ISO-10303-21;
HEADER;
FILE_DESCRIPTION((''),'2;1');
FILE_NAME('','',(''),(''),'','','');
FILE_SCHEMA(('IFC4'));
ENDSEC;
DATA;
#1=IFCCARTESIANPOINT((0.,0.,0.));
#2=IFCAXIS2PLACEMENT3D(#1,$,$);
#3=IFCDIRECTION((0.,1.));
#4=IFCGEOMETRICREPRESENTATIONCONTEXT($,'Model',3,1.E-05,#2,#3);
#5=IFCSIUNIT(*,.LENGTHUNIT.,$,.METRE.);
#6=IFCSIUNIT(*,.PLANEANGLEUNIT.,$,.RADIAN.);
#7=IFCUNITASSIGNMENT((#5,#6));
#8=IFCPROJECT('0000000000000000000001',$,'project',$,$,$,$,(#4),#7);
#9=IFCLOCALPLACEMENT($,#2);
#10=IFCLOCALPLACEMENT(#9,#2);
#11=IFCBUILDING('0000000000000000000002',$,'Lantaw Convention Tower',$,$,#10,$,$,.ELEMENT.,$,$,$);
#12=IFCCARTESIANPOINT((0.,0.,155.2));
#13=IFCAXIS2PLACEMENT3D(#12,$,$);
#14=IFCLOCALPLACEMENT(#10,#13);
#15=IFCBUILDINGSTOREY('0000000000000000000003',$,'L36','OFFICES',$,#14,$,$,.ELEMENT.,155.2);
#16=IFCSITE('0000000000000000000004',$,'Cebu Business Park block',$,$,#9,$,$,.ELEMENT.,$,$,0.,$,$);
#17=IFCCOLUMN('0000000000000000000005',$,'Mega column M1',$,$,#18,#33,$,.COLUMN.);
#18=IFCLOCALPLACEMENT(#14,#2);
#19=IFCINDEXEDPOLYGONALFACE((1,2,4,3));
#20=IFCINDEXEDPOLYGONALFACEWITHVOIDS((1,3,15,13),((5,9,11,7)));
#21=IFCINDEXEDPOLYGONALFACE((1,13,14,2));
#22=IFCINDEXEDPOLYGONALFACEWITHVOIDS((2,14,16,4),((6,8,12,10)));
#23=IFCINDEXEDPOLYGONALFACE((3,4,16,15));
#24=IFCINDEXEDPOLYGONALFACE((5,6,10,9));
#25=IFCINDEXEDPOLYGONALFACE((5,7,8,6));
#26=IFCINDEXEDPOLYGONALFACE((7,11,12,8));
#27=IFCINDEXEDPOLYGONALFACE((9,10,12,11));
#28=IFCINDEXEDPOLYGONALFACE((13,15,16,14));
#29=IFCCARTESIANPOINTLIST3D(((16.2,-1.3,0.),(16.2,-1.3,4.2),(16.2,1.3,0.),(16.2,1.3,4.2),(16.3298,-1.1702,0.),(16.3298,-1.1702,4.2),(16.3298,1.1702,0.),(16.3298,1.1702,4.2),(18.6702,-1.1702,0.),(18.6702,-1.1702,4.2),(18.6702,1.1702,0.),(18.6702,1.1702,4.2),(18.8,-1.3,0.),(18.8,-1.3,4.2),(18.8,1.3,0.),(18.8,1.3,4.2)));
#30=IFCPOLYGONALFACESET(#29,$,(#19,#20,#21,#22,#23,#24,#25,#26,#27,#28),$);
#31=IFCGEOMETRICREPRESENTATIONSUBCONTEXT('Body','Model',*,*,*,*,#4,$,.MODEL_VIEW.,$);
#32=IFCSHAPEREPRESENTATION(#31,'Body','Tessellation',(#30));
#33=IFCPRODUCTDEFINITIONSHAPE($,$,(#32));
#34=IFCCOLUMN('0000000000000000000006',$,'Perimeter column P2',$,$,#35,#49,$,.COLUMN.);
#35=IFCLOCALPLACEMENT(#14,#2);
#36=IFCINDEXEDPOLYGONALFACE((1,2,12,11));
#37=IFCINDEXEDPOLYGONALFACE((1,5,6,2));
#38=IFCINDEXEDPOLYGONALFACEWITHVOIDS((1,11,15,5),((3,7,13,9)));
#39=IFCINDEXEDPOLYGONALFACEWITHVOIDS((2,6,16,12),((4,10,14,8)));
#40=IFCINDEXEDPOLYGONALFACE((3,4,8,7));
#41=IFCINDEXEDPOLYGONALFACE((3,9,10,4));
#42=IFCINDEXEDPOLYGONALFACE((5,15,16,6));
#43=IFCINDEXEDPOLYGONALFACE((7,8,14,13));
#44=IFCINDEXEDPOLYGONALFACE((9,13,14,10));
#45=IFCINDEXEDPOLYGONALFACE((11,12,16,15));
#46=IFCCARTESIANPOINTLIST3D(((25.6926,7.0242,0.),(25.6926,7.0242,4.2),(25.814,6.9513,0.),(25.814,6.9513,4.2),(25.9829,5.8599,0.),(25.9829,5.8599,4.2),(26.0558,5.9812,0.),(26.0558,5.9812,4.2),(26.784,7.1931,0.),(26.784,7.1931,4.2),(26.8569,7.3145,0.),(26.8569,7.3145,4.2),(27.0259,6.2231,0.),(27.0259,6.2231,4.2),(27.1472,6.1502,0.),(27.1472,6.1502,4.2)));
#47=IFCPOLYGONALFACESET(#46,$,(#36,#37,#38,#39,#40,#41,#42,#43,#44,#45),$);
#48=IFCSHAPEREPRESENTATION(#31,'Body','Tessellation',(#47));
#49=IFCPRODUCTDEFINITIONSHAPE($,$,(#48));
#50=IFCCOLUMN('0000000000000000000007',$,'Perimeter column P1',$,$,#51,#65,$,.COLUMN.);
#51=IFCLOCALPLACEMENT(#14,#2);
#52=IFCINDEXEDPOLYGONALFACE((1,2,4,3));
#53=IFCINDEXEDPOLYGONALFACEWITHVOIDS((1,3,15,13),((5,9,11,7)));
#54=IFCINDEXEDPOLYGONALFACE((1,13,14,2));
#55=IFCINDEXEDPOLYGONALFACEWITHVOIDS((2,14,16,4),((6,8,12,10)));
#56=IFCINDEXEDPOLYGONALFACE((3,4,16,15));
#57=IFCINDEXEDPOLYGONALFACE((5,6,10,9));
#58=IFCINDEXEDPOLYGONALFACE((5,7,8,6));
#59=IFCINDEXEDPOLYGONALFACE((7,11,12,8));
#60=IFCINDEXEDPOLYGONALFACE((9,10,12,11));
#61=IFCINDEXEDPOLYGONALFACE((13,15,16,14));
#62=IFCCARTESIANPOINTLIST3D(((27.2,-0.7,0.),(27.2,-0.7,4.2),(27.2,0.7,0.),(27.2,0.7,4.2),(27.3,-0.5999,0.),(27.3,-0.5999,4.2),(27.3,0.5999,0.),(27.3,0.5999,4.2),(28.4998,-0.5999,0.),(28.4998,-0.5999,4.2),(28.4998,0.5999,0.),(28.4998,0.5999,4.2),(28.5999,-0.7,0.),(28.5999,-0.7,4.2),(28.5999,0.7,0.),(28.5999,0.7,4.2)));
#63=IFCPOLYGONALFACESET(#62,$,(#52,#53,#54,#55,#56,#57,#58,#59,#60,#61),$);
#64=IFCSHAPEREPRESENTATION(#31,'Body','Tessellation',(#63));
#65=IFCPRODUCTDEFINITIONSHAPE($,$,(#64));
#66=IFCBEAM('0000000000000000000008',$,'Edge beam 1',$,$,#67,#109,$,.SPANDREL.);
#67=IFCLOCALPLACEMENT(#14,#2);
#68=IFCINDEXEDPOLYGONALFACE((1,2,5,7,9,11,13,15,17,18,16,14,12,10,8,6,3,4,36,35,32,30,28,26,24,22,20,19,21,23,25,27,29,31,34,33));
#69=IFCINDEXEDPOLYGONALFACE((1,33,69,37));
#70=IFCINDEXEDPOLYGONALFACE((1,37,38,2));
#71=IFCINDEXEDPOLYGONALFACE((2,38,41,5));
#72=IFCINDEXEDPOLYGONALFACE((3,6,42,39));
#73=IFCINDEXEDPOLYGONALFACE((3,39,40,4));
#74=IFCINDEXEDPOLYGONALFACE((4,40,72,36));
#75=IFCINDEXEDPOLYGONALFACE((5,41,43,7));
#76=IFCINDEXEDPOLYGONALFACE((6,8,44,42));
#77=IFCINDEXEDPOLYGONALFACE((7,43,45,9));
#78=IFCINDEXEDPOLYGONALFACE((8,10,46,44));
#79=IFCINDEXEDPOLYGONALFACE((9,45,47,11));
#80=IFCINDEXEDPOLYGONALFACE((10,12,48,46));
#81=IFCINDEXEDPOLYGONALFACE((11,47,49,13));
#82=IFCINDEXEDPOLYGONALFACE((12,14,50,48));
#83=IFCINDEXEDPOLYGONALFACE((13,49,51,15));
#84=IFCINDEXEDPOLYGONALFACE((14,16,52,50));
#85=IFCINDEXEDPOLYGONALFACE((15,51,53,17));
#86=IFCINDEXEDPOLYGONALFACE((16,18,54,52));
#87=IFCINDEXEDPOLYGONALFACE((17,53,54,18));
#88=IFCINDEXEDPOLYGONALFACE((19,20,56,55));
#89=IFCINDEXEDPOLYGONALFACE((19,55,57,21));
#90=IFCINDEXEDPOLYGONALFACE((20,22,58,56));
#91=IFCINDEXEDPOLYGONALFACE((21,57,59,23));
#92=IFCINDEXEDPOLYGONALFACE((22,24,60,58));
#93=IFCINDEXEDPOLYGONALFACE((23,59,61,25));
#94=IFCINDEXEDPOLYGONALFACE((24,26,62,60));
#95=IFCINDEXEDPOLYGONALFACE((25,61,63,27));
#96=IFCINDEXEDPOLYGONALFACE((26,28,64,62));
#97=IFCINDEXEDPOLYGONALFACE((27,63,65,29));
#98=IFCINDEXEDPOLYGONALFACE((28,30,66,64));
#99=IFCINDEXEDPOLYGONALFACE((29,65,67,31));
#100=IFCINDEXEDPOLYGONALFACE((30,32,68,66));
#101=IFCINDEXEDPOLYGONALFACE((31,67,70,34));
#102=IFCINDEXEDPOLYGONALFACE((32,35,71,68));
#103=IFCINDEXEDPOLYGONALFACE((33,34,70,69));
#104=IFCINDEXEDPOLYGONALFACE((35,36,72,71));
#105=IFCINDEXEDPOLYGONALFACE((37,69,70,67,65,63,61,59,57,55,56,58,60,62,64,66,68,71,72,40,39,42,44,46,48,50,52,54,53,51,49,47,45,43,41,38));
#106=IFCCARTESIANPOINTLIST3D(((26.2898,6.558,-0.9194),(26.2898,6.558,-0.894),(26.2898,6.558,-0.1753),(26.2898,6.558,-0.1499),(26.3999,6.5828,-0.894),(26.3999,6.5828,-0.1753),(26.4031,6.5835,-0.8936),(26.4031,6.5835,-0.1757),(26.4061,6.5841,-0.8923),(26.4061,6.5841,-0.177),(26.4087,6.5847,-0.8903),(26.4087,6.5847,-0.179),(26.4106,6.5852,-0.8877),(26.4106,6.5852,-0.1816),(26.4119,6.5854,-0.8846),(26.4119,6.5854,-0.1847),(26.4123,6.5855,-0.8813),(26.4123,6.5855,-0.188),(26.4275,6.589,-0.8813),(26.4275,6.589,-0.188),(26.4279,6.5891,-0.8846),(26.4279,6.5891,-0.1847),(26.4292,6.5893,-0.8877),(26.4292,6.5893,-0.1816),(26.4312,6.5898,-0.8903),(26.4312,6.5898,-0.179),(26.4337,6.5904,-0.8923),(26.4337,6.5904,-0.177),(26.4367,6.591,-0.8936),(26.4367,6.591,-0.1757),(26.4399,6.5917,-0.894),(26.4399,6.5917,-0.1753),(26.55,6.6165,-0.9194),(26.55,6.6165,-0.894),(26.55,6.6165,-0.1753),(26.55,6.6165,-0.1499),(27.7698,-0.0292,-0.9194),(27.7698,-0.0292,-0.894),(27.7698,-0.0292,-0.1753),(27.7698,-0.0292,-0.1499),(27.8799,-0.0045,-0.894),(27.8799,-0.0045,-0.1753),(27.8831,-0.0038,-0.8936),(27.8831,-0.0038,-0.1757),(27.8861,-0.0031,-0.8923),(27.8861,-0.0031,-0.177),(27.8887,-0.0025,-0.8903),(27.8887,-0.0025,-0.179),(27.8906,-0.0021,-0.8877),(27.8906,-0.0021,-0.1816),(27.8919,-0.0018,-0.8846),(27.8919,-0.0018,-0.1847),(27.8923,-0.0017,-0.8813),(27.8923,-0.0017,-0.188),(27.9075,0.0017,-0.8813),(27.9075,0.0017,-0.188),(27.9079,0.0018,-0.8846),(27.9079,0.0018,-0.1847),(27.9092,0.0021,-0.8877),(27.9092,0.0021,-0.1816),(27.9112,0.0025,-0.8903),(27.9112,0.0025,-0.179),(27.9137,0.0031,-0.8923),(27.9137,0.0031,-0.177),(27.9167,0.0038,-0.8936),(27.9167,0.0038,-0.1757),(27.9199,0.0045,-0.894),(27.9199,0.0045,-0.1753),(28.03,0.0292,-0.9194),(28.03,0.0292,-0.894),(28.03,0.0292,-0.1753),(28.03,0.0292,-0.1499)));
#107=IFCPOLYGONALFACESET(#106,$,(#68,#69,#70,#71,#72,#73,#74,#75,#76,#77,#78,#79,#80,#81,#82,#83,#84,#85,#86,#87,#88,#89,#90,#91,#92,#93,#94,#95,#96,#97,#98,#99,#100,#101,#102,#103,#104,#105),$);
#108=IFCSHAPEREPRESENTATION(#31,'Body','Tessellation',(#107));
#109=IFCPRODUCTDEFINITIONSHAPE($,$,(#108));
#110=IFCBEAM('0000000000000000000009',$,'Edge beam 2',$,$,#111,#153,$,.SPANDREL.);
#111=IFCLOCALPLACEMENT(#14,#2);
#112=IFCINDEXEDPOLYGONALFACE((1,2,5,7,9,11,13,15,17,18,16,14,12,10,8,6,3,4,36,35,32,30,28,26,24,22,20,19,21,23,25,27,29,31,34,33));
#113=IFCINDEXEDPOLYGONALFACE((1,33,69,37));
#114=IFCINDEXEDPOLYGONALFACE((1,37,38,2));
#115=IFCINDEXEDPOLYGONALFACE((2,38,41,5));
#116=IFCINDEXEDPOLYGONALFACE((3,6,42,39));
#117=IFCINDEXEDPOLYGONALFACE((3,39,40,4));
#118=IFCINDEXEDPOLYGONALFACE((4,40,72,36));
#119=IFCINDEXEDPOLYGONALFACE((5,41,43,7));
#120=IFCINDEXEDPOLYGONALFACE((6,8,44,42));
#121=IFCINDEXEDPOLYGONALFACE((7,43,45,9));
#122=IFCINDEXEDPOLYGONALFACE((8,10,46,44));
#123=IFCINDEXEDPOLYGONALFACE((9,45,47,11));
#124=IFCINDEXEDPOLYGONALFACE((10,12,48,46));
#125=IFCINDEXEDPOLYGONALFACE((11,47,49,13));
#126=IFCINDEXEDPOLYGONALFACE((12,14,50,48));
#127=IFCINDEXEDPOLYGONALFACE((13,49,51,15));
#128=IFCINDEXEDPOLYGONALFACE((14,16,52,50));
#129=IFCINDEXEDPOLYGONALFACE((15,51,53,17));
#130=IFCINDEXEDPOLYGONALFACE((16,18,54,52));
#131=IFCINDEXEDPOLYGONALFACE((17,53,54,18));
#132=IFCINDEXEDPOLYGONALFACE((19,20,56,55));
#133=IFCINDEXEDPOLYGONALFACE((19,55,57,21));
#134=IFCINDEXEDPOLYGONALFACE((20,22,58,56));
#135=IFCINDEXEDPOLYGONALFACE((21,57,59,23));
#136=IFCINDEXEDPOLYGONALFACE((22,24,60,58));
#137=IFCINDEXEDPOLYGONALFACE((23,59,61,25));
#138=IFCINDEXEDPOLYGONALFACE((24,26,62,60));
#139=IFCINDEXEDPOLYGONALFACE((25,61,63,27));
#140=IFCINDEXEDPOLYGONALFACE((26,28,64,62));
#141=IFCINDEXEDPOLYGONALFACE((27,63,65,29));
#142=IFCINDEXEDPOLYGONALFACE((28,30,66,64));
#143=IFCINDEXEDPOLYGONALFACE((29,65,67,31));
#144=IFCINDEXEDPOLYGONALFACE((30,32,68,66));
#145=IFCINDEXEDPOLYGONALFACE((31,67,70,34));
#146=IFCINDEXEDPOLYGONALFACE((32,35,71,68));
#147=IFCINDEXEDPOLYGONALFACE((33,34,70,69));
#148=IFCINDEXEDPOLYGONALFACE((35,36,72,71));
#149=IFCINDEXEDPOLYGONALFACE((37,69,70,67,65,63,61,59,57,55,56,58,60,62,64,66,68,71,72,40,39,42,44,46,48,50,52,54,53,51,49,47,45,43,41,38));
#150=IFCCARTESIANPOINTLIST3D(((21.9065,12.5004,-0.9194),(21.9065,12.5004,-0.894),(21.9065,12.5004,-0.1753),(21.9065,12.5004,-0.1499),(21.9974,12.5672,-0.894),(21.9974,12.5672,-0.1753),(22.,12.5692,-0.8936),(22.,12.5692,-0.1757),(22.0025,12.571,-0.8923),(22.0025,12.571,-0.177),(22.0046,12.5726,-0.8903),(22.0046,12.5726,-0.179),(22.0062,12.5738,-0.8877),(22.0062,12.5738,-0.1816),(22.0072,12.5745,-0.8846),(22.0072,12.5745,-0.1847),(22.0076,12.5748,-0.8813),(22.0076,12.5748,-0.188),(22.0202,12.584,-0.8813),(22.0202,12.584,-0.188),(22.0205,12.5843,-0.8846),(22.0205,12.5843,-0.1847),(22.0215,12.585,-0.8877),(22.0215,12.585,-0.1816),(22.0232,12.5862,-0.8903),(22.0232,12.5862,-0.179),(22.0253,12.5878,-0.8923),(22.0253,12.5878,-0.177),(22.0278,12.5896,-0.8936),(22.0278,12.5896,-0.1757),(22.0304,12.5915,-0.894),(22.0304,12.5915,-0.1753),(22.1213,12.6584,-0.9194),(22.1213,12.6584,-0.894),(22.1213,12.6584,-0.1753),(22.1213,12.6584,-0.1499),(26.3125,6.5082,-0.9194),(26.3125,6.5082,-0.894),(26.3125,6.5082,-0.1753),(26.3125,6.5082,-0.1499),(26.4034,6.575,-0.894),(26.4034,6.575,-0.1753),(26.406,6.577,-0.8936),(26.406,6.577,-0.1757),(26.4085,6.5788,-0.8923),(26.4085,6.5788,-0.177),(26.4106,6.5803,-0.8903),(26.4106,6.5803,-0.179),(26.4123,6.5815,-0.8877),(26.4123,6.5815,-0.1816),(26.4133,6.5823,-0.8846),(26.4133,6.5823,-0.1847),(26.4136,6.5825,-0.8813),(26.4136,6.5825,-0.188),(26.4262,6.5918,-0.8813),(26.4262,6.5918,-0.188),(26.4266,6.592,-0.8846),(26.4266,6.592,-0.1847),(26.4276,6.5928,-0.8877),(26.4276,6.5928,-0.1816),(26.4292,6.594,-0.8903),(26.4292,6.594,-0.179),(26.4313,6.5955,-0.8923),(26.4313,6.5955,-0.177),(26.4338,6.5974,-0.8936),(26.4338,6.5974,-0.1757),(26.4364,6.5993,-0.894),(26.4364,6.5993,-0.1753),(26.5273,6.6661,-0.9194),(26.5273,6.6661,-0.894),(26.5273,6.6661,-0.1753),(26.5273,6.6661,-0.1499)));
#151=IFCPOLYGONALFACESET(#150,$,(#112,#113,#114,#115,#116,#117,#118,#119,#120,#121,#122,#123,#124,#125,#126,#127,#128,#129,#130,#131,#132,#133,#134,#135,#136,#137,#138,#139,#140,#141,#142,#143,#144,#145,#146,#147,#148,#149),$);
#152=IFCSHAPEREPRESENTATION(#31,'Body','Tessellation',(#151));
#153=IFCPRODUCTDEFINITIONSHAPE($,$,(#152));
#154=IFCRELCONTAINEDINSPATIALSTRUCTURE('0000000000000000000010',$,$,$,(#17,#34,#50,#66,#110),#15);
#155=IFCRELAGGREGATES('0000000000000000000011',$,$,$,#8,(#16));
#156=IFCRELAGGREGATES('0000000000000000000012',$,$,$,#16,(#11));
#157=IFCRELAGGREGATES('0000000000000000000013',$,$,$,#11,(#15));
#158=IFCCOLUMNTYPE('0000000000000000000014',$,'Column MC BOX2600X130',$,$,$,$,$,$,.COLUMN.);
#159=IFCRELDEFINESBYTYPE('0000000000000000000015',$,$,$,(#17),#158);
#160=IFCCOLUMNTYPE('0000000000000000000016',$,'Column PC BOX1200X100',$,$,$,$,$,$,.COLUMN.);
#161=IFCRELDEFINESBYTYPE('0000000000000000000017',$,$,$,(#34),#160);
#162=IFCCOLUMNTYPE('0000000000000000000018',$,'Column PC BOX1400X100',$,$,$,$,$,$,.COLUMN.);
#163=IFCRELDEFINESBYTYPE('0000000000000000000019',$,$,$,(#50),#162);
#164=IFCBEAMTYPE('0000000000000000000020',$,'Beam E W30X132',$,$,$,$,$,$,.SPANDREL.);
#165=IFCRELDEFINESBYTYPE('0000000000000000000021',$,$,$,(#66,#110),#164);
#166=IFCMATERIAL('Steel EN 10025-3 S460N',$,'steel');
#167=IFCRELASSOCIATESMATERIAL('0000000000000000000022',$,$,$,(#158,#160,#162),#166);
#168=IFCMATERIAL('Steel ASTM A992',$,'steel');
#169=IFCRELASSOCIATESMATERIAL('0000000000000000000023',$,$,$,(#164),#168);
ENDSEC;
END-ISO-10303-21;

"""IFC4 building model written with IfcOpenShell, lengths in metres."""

from ifc_helpers import new_model, si_unit, direction, frame, origin, origin_2d, place, context, subcontext, project, spatial, rectangle, hollow_rectangle, i_section, extrude, material, material_profile, profile_set, type_object, element, save


model = new_model("IFC4")

# Units and contexts
model_context = context("Model", 3, precision=1e-05, world=origin(), true_north=direction((0.0, 1.0)))
body_context = subcontext(model_context, "Body", "Model", "MODEL_VIEW")
ifc_project = project(units=[si_unit("LENGTHUNIT", "METRE"), si_unit("PLANEANGLEUNIT", "RADIAN")], contexts=[model_context])

# Site, building, storey
site_placement = place(None, origin())
site = spatial("IfcSite", under=ifc_project, at=site_placement, Name="Cebu Business Park block", CompositionType="ELEMENT", RefElevation=0.0)
building_placement = place(site_placement, origin())
building = spatial("IfcBuilding", under=site, at=building_placement, Name="Lantaw Convention Tower", CompositionType="ELEMENT")
storey_placement = place(building_placement, frame((0.0, 0.0, 155.2)))
storey = spatial("IfcBuildingStorey", under=building, at=storey_placement, Name="L36", Description="OFFICES", CompositionType="ELEMENT", Elevation=155.2)

# Columns
ifc_material_1 = material(Name="Steel EN 10025-3 S460N", Category="steel")
ifc_material_profile_1 = material_profile(ifc_material_1, hollow_rectangle(XDim=2.6001, YDim=2.6001, WallThickness=0.1299, at=origin_2d()), Name="BOX2600X130")
ifc_material_2 = material(Name="Concrete C60/75", Category="concrete")
ifc_material_profile_2 = material_profile(ifc_material_2, rectangle(XDim=2.3401, YDim=2.3401, at=origin_2d()), Name="Concrete fill of BOX2600X130")
ifc_profile_set_1 = profile_set([ifc_material_profile_1, ifc_material_profile_2], Name="Steel EN 10025-3 S460N")
column_type_1 = type_object("IfcColumnType", Name="Column MC BOX2600X130", PredefinedType="COLUMN", material=ifc_profile_set_1)
column_1_placement = place(storey_placement, frame((17.5, 0.0, 0.0), z_axis=(0.0, 0.0, 1.0), x_axis=(1.0, 0.0, 0.0)))
element("IfcColumn", 1, at=column_1_placement, inside=storey, type_object=column_type_1, Name="Mega column M1", PredefinedType="COLUMN", context=body_context, shape_type="SweptSolid", body=[
    extrude(hollow_rectangle(XDim=2.6001, YDim=2.6001, WallThickness=0.1299, at=origin_2d()), origin(), (0.0, 0.0, 1.0), 4.2),
])
ifc_material_profile_3 = material_profile(ifc_material_1, hollow_rectangle(XDim=1.2, YDim=1.2, WallThickness=0.1001, at=origin_2d()), Name="BOX1200X100")
ifc_material_profile_4 = material_profile(ifc_material_2, rectangle(XDim=1.0, YDim=1.0, at=origin_2d()), Name="Concrete fill of BOX1200X100")
ifc_profile_set_2 = profile_set([ifc_material_profile_3, ifc_material_profile_4], Name="Steel EN 10025-3 S460N")
column_type_2 = type_object("IfcColumnType", Name="Column PC BOX1200X100", PredefinedType="COLUMN", material=ifc_profile_set_2)
column_2_placement = place(storey_placement, frame((26.4199, 6.5872, 0.0), z_axis=(0.0, 0.0, 1.0), x_axis=(0.970296, 0.241922, 0.0)))
element("IfcColumn", 2, at=column_2_placement, inside=storey, type_object=column_type_2, Name="Perimeter column P2", PredefinedType="COLUMN", context=body_context, shape_type="SweptSolid", body=[
    extrude(hollow_rectangle(XDim=1.2, YDim=1.2, WallThickness=0.1001, at=origin_2d()), origin(), (0.0, 0.0, 1.0), 4.2),
])
ifc_material_profile_5 = material_profile(ifc_material_1, hollow_rectangle(XDim=1.3999, YDim=1.3999, WallThickness=0.1001, at=origin_2d()), Name="BOX1400X100")
ifc_material_profile_6 = material_profile(ifc_material_2, rectangle(XDim=1.2, YDim=1.2, at=origin_2d()), Name="Concrete fill of BOX1400X100")
ifc_profile_set_3 = profile_set([ifc_material_profile_5, ifc_material_profile_6], Name="Steel EN 10025-3 S460N")
column_type_3 = type_object("IfcColumnType", Name="Column PC BOX1400X100", PredefinedType="COLUMN", material=ifc_profile_set_3)
column_3_placement = place(storey_placement, frame((27.8999, 0.0, 0.0), z_axis=(0.0, 0.0, 1.0), x_axis=(1.0, 0.0, 0.0)))
element("IfcColumn", 3, at=column_3_placement, inside=storey, type_object=column_type_3, Name="Perimeter column P1", PredefinedType="COLUMN", context=body_context, shape_type="SweptSolid", body=[
    extrude(hollow_rectangle(XDim=1.3999, YDim=1.3999, WallThickness=0.1001, at=origin_2d()), origin(), (0.0, 0.0, 1.0), 4.2),
])

# Beams
ifc_material_3 = material(Name="Steel ASTM A992", Category="steel")
ifc_material_profile_7 = material_profile(ifc_material_3, i_section(OverallWidth=0.2666, OverallDepth=0.7695, WebThickness=0.0156, FlangeThickness=0.0254, FilletRadius=0.0127, at=origin_2d()), Name="W30X132")
ifc_profile_set_4 = profile_set([ifc_material_profile_7], Name="Steel ASTM A992")
beam_type_1 = type_object("IfcBeamType", Name="Beam E W30X132", PredefinedType="SPANDREL", material=ifc_profile_set_4)
beam_1_placement = place(storey_placement, frame((27.8999, 0.0, -0.5347), z_axis=(-0.219212, 0.975677, 0.0), x_axis=(-0.975677, -0.219212, 0.0)))
element("IfcBeam", 4, at=beam_1_placement, inside=storey, type_object=beam_type_1, Name="Edge beam 1", PredefinedType="SPANDREL", context=body_context, shape_type="SweptSolid", body=[
    extrude(i_section(OverallWidth=0.2666, OverallDepth=0.7695, WebThickness=0.0156, FlangeThickness=0.0254, FilletRadius=0.0127, at=origin_2d()), origin(), (0.0, 0.0, 1.0), 6.7515),
])
beam_2_placement = place(storey_placement, frame((26.4199, 6.5872, -0.5347), z_axis=(-0.592389, 0.805652, 0.0), x_axis=(-0.805652, -0.592389, 0.0)))
element("IfcBeam", 5, at=beam_2_placement, inside=storey, type_object=beam_type_1, Name="Edge beam 2", PredefinedType="SPANDREL", context=body_context, shape_type="SweptSolid", body=[
    extrude(i_section(OverallWidth=0.2666, OverallDepth=0.7695, WebThickness=0.0156, FlangeThickness=0.0254, FilletRadius=0.0127, at=origin_2d()), origin(), (0.0, 0.0, 1.0), 7.4377),
])

save(model, "model.ifc")
